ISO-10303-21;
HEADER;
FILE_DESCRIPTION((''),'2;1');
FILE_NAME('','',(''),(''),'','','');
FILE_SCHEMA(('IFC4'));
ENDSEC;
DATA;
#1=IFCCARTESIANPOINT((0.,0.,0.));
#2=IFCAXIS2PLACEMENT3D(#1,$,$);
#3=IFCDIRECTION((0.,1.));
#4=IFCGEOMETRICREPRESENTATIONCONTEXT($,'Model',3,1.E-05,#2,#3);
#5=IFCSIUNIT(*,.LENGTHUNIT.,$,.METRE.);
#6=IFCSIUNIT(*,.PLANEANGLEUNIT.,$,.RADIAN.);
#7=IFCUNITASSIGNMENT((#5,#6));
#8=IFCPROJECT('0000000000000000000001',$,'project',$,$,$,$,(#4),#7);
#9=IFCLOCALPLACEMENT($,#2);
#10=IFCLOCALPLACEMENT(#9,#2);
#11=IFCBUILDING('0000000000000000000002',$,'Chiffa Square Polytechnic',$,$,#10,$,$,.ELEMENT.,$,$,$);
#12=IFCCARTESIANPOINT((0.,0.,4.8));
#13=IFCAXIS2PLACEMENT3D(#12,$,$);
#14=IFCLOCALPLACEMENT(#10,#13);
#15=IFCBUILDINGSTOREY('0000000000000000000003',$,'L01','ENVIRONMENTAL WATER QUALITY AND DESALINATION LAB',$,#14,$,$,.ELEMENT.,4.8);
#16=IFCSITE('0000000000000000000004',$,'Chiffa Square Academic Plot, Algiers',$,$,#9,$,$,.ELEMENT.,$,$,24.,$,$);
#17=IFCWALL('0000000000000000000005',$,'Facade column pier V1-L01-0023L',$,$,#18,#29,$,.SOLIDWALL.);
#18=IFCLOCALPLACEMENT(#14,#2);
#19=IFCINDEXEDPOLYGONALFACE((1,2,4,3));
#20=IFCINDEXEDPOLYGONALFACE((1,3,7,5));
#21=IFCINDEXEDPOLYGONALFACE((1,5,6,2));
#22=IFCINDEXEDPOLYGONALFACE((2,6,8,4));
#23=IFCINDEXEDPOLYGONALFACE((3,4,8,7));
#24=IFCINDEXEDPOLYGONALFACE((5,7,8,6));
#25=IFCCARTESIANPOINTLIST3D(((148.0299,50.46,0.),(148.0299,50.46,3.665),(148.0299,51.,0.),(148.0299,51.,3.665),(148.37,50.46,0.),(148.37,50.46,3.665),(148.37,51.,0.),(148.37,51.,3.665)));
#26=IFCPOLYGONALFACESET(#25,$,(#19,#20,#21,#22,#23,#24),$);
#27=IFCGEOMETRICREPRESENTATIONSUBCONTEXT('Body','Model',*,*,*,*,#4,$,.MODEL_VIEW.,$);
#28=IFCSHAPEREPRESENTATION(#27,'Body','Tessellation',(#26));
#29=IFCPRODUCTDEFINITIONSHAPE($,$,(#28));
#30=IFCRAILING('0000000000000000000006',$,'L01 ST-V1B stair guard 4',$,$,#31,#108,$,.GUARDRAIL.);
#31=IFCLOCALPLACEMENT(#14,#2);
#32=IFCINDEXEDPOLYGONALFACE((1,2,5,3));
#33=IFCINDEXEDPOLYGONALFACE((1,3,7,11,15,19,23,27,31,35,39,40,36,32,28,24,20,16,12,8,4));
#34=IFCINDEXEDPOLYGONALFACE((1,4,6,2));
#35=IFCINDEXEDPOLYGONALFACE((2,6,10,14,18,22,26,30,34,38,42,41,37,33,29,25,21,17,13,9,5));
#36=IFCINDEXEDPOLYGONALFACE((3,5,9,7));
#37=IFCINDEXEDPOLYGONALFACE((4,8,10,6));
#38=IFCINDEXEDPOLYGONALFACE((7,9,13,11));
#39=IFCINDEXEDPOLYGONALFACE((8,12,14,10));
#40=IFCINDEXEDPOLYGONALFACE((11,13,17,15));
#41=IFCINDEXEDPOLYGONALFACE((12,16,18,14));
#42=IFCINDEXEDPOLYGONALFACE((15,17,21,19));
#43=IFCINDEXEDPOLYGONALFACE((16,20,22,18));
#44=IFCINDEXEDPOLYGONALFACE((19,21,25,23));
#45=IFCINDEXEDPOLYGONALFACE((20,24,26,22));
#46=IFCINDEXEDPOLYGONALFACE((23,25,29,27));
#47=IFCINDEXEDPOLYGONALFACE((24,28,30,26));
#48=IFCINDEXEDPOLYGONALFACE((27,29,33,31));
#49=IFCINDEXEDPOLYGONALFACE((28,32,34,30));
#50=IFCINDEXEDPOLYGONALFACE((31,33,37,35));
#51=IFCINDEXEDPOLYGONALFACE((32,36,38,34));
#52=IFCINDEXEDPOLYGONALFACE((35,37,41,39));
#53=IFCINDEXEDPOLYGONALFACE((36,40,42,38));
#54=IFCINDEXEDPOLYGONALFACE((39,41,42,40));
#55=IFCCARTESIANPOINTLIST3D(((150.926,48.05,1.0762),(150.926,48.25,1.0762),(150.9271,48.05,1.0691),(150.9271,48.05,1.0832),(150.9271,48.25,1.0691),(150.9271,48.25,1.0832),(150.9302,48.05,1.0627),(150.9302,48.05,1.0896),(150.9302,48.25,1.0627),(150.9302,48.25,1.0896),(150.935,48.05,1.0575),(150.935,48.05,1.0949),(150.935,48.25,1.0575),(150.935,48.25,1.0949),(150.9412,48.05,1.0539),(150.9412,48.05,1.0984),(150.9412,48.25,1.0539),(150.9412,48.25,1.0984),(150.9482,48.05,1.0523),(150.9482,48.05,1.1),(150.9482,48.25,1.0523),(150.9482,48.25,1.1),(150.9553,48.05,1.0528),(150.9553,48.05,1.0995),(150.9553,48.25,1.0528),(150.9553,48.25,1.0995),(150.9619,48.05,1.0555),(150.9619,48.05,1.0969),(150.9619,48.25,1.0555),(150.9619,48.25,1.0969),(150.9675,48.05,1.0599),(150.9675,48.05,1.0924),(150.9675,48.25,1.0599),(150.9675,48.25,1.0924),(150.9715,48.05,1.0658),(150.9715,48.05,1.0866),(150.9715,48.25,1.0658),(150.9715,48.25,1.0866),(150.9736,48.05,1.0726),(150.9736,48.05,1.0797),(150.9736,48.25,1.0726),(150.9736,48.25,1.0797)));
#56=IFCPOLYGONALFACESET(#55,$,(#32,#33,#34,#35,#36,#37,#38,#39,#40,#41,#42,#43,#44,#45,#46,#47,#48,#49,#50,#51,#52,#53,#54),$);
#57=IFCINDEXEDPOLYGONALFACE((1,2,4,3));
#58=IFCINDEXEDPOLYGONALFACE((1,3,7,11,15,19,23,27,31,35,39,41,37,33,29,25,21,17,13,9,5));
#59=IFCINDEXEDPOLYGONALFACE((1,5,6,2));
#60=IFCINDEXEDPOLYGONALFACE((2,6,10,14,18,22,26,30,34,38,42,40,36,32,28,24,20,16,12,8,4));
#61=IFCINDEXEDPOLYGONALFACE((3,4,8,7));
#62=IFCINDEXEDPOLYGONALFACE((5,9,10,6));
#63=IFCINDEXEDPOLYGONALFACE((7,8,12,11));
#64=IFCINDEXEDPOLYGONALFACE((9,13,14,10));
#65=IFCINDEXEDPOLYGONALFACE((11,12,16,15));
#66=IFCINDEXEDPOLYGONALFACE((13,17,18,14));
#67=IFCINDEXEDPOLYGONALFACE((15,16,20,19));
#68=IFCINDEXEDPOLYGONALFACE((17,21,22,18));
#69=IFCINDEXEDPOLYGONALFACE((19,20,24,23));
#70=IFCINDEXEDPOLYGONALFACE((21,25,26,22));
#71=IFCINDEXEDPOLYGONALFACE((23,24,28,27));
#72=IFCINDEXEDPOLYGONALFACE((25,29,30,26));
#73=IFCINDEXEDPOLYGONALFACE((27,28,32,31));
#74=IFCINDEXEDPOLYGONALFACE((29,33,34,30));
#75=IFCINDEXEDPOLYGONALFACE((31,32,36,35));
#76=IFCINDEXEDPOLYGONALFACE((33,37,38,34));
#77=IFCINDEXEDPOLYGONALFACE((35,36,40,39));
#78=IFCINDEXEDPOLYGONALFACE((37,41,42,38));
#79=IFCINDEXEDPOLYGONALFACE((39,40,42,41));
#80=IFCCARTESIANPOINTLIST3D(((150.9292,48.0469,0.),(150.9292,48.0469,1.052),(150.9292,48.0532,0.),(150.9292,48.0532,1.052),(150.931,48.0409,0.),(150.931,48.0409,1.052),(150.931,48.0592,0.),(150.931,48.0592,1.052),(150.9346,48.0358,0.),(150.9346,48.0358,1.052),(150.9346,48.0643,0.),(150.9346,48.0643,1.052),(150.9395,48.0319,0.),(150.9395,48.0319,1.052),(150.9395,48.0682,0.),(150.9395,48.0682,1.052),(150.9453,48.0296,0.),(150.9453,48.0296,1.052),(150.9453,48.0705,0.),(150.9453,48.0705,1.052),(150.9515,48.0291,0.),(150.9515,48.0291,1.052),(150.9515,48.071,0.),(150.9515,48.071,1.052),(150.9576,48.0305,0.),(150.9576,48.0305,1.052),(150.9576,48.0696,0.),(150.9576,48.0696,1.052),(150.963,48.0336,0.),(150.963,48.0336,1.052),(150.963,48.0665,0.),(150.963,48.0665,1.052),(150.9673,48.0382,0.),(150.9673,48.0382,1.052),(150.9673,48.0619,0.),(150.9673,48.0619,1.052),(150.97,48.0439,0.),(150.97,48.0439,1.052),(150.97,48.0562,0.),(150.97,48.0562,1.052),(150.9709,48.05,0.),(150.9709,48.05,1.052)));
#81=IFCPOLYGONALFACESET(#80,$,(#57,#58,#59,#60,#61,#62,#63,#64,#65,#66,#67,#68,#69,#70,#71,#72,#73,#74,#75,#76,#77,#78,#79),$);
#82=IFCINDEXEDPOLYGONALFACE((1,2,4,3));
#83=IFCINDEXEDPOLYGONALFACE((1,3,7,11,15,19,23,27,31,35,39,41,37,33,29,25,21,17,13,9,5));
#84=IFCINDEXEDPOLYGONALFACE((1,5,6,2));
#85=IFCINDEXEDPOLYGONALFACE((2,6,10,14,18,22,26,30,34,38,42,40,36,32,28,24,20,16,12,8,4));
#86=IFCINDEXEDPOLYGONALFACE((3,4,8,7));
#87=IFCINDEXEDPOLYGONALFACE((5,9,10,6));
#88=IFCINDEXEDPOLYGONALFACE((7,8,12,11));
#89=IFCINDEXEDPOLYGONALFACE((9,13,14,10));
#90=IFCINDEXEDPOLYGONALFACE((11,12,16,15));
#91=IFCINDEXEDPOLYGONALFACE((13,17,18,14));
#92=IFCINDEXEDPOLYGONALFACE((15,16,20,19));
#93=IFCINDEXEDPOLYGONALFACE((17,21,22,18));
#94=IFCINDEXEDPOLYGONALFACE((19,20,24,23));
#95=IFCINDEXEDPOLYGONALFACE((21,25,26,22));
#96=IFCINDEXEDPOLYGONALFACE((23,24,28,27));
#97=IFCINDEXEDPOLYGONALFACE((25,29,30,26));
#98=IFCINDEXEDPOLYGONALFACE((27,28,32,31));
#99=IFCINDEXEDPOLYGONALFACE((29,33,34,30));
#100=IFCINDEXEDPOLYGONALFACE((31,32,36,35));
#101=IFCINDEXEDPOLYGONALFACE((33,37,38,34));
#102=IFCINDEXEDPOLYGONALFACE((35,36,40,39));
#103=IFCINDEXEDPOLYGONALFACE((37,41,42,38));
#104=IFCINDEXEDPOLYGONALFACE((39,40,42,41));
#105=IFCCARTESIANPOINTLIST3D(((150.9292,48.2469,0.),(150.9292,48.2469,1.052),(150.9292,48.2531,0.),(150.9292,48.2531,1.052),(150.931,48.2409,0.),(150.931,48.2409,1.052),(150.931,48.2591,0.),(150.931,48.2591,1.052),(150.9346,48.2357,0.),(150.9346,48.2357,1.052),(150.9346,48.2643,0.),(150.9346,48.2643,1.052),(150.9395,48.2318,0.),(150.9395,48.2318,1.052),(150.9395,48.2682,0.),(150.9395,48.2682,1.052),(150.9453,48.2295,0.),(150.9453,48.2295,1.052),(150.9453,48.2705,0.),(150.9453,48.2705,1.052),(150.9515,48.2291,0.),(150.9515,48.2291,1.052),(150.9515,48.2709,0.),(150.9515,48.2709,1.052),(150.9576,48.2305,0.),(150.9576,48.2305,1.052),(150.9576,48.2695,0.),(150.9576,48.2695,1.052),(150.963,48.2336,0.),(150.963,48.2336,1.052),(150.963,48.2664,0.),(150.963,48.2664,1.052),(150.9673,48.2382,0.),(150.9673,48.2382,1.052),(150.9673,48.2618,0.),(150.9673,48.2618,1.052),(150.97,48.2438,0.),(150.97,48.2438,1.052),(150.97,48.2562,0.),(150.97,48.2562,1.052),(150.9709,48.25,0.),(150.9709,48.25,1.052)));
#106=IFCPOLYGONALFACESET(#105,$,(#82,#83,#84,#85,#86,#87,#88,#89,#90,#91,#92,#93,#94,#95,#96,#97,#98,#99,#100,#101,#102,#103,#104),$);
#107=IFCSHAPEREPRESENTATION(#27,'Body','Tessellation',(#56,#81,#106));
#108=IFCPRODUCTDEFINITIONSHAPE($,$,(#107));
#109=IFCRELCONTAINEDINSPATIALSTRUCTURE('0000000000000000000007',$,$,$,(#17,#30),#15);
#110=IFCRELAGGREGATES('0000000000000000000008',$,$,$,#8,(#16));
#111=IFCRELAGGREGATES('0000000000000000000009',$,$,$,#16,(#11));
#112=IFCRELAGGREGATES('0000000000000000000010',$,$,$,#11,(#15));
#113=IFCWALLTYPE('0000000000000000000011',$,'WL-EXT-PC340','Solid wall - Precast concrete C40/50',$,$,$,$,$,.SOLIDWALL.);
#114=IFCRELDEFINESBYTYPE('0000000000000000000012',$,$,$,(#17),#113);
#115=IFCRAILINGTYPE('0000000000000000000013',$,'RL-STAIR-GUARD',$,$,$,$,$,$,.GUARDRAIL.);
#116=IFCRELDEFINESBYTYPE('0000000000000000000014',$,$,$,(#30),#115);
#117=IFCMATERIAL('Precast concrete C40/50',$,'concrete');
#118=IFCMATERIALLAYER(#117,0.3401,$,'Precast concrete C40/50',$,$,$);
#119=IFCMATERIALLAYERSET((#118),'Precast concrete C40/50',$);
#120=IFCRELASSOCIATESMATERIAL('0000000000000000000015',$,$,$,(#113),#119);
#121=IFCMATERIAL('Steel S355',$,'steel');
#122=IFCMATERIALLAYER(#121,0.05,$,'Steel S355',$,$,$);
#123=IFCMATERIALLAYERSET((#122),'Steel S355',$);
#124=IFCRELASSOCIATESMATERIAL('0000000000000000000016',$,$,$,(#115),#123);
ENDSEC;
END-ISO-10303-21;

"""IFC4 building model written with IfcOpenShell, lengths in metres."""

from ifc_helpers import new_model, si_unit, direction, frame, frame_2d, origin, origin_2d, place, context, subcontext, project, spatial, rectangle, circle, extrude, material, layer, layer_set, type_object, element, save


model = new_model("IFC4")

# Units and contexts
model_context = context("Model", 3, precision=1e-05, world=origin(), true_north=direction((0.0, 1.0)))
body_context = subcontext(model_context, "Body", "Model", "MODEL_VIEW")
ifc_project = project(units=[si_unit("LENGTHUNIT", "METRE"), si_unit("PLANEANGLEUNIT", "RADIAN")], contexts=[model_context])

# Site, building, storey
site_placement = place(None, origin())
site = spatial("IfcSite", under=ifc_project, at=site_placement, Name="Chiffa Square Academic Plot, Algiers", CompositionType="ELEMENT", RefElevation=24.0)
building_placement = place(site_placement, origin())
building = spatial("IfcBuilding", under=site, at=building_placement, Name="Chiffa Square Polytechnic", CompositionType="ELEMENT")
storey_placement = place(building_placement, frame((0.0, 0.0, 4.8)))
storey = spatial("IfcBuildingStorey", under=building, at=storey_placement, Name="L01", Description="ENVIRONMENTAL WATER QUALITY AND DESALINATION LAB", CompositionType="ELEMENT", Elevation=4.8)

# Wall
ifc_material_1 = material(Name="Precast concrete C40/50", Category="concrete")
ifc_layer_1 = layer(ifc_material_1, 0.3401, Name="Precast concrete C40/50")
ifc_layer_set_1 = layer_set([ifc_layer_1], Name="Precast concrete C40/50")
wall_type_1 = type_object("IfcWallType", Name="WL-EXT-PC340", Description="Solid wall - Precast concrete C40/50", PredefinedType="SOLIDWALL", material=ifc_layer_set_1)
wall_1_placement = place(storey_placement, frame((148.2, 51.0, 0.0), z_axis=(0.0, 0.0, 1.0), x_axis=(0.0, -1.0, 0.0)))
element("IfcWall", 1, at=wall_1_placement, inside=storey, type_object=wall_type_1, Name="Facade column pier V1-L01-0023L", PredefinedType="SOLIDWALL", context=body_context, shape_type="SweptSolid", body=[
    extrude(rectangle(XDim=0.54, YDim=0.3401, at=frame_2d((0.27, 0.0))), origin(), (0.0, 0.0, 1.0), 3.665),
])

# Railing
ifc_material_2 = material(Name="Steel S355", Category="steel")
ifc_layer_2 = layer(ifc_material_2, 0.05, Name="Steel S355")
ifc_layer_set_2 = layer_set([ifc_layer_2], Name="Steel S355")
railing_type_1 = type_object("IfcRailingType", Name="RL-STAIR-GUARD", PredefinedType="GUARDRAIL", material=ifc_layer_set_2)
railing_1_placement = place(storey_placement, frame((150.95, 48.05, 0.0)))
element("IfcRailing", 2, at=railing_1_placement, inside=storey, type_object=railing_type_1, Name="L01 ST-V1B stair guard 4", PredefinedType="GUARDRAIL", context=body_context, shape_type="SweptSolid", body=[
    extrude(circle(Radius=0.0239, at=origin_2d()), frame((0.0, 0.0, 1.0762), z_axis=(0.0, 1.0, 0.0), x_axis=(-1.0, 0.0, 0.0)), (0.0, 0.0, 1.0), 0.2),
    extrude(circle(Radius=0.021, at=origin_2d()), origin(), (0.0, 0.0, 1.0), 1.052),
    extrude(circle(Radius=0.021, at=origin_2d()), frame((0.0, 0.2, 0.0)), (0.0, 0.0, 1.0), 1.052),
])

save(model, "model.ifc")
